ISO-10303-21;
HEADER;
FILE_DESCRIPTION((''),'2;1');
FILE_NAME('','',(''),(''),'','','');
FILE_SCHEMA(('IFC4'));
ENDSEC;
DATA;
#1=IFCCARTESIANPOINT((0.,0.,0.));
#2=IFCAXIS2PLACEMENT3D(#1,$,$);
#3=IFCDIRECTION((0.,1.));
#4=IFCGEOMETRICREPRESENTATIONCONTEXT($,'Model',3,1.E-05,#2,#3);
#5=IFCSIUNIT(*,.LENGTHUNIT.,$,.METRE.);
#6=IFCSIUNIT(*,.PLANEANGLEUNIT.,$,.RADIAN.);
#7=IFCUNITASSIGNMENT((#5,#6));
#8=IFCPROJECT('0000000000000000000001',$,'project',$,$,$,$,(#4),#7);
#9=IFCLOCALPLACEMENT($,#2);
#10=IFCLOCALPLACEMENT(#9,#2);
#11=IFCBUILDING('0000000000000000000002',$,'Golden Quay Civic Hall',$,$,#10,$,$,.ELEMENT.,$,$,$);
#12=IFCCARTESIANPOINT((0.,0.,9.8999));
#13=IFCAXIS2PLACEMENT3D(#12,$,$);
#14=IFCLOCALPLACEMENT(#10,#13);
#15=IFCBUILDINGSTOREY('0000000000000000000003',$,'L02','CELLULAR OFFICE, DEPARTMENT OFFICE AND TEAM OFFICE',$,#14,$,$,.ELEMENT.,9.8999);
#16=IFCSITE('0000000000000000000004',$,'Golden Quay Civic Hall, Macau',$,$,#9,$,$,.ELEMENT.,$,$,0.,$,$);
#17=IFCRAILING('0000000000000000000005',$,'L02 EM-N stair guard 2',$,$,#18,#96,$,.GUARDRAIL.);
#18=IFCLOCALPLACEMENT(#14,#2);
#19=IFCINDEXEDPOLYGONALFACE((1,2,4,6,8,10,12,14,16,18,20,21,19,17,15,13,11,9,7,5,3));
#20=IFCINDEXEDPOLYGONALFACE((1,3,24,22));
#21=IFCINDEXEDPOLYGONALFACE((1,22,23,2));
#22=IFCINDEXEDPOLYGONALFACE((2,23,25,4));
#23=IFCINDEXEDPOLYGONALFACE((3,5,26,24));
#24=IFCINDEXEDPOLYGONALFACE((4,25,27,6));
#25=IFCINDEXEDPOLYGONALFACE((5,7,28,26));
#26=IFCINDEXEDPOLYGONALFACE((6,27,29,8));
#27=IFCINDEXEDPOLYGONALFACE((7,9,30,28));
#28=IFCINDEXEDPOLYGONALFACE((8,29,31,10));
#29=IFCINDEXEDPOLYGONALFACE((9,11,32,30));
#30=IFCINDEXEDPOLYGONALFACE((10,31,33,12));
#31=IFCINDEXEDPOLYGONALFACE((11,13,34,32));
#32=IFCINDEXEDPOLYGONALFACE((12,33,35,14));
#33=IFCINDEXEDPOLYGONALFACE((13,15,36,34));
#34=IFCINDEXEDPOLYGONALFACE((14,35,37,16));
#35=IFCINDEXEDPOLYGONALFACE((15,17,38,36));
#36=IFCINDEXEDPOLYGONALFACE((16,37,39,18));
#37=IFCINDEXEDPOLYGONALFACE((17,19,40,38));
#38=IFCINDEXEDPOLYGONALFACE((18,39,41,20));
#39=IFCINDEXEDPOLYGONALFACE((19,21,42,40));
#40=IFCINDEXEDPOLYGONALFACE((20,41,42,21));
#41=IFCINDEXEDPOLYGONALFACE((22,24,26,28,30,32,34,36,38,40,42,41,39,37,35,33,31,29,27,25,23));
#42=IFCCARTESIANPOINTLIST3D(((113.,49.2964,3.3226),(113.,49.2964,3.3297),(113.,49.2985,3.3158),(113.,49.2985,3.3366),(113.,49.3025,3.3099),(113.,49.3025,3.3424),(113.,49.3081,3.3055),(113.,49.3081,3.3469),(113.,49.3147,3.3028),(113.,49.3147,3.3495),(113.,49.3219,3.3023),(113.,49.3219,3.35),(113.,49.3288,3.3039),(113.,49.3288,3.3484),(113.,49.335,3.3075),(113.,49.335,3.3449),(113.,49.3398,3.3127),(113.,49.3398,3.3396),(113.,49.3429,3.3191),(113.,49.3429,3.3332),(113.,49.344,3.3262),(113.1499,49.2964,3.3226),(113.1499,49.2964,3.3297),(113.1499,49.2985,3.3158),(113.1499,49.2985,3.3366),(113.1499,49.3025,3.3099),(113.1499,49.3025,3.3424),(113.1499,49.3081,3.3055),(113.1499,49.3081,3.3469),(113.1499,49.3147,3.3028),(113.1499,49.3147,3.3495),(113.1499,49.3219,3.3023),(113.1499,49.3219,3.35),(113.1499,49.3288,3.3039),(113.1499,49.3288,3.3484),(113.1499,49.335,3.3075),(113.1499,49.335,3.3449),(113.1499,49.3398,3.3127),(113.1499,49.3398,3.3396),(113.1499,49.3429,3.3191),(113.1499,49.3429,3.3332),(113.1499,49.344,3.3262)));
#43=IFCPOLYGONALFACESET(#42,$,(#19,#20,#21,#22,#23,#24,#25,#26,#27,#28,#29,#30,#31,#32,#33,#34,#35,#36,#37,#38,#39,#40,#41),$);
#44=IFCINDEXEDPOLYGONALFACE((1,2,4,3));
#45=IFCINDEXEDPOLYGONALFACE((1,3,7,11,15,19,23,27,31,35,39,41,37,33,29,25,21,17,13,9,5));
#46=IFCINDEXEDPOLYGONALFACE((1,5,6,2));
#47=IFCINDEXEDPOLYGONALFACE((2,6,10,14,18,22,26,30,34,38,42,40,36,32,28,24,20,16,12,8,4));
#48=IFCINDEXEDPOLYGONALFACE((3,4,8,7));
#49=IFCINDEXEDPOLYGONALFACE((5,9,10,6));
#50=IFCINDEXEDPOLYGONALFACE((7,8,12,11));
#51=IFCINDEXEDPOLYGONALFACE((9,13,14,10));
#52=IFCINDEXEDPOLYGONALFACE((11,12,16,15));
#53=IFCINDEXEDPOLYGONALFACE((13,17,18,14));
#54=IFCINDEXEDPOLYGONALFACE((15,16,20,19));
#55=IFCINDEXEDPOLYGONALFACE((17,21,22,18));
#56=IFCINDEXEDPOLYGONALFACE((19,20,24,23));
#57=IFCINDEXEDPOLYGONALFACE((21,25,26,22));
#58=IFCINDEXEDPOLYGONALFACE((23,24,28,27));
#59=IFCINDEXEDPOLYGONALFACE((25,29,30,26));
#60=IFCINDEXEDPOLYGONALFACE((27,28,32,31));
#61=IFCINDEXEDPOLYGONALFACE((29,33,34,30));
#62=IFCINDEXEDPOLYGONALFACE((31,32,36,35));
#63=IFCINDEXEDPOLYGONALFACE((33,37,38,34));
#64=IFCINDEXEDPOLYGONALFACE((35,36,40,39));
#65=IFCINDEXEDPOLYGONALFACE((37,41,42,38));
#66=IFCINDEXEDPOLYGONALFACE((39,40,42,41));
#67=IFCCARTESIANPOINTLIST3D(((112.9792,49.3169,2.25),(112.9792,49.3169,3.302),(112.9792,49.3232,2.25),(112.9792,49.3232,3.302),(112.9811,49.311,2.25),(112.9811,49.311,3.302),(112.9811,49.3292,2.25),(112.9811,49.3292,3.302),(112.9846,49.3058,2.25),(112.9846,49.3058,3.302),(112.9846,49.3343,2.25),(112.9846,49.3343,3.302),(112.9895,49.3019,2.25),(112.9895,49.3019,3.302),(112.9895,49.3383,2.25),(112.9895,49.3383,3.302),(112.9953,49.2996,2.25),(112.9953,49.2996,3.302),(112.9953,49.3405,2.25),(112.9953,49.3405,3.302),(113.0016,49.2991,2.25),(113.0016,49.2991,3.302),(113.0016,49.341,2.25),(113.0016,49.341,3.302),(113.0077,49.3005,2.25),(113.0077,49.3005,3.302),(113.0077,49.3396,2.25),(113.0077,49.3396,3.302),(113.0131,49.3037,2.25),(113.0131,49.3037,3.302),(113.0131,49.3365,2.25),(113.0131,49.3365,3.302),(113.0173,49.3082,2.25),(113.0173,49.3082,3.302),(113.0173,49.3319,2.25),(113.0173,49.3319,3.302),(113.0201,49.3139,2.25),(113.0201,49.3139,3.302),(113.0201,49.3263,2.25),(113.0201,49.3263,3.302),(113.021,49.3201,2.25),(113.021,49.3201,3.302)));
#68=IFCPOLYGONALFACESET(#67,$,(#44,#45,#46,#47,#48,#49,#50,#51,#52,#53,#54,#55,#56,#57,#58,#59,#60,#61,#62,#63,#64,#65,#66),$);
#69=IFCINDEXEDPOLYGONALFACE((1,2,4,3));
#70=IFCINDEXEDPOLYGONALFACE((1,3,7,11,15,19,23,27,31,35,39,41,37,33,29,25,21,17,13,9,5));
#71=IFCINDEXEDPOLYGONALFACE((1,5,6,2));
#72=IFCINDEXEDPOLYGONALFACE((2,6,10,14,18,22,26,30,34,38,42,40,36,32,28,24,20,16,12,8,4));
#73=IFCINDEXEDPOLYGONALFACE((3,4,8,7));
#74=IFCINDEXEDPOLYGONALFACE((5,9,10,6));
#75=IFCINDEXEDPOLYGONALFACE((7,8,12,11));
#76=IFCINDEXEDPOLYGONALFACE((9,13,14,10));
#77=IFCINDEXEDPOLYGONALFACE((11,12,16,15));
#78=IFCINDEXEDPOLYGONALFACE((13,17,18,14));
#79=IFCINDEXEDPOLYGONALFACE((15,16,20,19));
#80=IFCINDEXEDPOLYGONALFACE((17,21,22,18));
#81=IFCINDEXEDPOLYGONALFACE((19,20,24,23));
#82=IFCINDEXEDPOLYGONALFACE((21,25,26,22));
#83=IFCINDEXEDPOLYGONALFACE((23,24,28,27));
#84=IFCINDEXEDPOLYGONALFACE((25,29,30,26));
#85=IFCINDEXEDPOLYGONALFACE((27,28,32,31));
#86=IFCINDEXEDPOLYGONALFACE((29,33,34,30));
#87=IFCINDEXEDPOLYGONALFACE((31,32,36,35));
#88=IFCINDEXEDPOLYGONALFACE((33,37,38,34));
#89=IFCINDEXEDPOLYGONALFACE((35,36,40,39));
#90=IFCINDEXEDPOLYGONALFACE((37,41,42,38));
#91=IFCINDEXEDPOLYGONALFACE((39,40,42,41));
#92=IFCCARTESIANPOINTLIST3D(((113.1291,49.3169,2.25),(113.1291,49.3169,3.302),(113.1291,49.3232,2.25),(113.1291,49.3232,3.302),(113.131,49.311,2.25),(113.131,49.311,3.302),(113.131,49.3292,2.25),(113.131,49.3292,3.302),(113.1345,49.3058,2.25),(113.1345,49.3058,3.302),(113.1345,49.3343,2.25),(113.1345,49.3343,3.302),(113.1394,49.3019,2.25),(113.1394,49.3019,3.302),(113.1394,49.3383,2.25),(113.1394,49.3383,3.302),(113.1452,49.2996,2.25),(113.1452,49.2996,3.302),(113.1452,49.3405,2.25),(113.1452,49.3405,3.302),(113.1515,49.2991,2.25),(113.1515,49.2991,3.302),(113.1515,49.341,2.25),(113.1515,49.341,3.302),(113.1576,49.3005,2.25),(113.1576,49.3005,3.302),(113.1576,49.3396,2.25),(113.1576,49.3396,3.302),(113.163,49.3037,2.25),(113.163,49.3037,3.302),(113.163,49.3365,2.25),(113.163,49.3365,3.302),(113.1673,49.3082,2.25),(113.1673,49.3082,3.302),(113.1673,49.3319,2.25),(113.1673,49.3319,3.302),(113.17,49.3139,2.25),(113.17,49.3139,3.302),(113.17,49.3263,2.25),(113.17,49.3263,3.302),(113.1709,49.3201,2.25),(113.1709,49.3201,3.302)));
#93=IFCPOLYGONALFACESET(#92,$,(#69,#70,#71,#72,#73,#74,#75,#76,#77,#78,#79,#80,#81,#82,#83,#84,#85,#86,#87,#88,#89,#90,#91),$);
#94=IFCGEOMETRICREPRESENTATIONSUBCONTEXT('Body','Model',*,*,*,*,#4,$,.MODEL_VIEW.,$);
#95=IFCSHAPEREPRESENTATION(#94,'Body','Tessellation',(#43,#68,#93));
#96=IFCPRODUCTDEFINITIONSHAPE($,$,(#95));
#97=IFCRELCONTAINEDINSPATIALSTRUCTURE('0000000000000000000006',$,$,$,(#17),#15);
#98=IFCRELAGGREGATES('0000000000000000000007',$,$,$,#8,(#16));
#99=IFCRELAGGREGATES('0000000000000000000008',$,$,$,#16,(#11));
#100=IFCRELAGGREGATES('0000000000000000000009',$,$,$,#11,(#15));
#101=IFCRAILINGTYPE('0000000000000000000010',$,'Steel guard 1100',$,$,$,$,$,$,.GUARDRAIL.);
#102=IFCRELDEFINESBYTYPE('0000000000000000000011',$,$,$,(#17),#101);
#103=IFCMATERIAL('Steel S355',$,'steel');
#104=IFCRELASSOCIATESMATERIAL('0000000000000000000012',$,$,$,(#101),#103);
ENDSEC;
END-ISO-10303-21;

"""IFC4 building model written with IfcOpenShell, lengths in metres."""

from ifc_helpers import new_model, si_unit, direction, frame, origin, origin_2d, place, context, subcontext, project, spatial, circle, extrude, material, type_object, element, save


model = new_model("IFC4")

# Units and contexts
model_context = context("Model", 3, precision=1e-05, world=origin(), true_north=direction((0.0, 1.0)))
body_context = subcontext(model_context, "Body", "Model", "MODEL_VIEW")
ifc_project = project(units=[si_unit("LENGTHUNIT", "METRE"), si_unit("PLANEANGLEUNIT", "RADIAN")], contexts=[model_context])

# Site, building, storey
site_placement = place(None, origin())
site = spatial("IfcSite", under=ifc_project, at=site_placement, Name="Golden Quay Civic Hall, Macau", CompositionType="ELEMENT", RefElevation=0.0)
building_placement = place(site_placement, origin())
building = spatial("IfcBuilding", under=site, at=building_placement, Name="Golden Quay Civic Hall", CompositionType="ELEMENT")
storey_placement = place(building_placement, frame((0.0, 0.0, 9.8999)))
storey = spatial("IfcBuildingStorey", under=building, at=storey_placement, Name="L02", Description="CELLULAR OFFICE, DEPARTMENT OFFICE AND TEAM OFFICE", CompositionType="ELEMENT", Elevation=9.8999)

# Railing
ifc_material_1 = material(Name="Steel S355", Category="steel")
railing_type_1 = type_object("IfcRailingType", Name="Steel guard 1100", PredefinedType="GUARDRAIL", material=ifc_material_1)
railing_1_placement = place(storey_placement, frame((113.0, 49.3201, 2.25)))
element("IfcRailing", 1, at=railing_1_placement, inside=storey, type_object=railing_type_1, Name="L02 EM-N stair guard 2", PredefinedType="GUARDRAIL", context=body_context, shape_type="SweptSolid", body=[
    extrude(circle(Radius=0.0239, at=origin_2d()), frame((0.0, 0.0, 1.0762), z_axis=(1.0, 0.0, 0.0), x_axis=(0.0, 1.0, 0.0)), (0.0, 0.0, 1.0), 0.1499),
    extrude(circle(Radius=0.021, at=origin_2d()), origin(), (0.0, 0.0, 1.0), 1.052),
    extrude(circle(Radius=0.021, at=origin_2d()), frame((0.1499, 0.0, 0.0)), (0.0, 0.0, 1.0), 1.052),
])

save(model, "model.ifc")
